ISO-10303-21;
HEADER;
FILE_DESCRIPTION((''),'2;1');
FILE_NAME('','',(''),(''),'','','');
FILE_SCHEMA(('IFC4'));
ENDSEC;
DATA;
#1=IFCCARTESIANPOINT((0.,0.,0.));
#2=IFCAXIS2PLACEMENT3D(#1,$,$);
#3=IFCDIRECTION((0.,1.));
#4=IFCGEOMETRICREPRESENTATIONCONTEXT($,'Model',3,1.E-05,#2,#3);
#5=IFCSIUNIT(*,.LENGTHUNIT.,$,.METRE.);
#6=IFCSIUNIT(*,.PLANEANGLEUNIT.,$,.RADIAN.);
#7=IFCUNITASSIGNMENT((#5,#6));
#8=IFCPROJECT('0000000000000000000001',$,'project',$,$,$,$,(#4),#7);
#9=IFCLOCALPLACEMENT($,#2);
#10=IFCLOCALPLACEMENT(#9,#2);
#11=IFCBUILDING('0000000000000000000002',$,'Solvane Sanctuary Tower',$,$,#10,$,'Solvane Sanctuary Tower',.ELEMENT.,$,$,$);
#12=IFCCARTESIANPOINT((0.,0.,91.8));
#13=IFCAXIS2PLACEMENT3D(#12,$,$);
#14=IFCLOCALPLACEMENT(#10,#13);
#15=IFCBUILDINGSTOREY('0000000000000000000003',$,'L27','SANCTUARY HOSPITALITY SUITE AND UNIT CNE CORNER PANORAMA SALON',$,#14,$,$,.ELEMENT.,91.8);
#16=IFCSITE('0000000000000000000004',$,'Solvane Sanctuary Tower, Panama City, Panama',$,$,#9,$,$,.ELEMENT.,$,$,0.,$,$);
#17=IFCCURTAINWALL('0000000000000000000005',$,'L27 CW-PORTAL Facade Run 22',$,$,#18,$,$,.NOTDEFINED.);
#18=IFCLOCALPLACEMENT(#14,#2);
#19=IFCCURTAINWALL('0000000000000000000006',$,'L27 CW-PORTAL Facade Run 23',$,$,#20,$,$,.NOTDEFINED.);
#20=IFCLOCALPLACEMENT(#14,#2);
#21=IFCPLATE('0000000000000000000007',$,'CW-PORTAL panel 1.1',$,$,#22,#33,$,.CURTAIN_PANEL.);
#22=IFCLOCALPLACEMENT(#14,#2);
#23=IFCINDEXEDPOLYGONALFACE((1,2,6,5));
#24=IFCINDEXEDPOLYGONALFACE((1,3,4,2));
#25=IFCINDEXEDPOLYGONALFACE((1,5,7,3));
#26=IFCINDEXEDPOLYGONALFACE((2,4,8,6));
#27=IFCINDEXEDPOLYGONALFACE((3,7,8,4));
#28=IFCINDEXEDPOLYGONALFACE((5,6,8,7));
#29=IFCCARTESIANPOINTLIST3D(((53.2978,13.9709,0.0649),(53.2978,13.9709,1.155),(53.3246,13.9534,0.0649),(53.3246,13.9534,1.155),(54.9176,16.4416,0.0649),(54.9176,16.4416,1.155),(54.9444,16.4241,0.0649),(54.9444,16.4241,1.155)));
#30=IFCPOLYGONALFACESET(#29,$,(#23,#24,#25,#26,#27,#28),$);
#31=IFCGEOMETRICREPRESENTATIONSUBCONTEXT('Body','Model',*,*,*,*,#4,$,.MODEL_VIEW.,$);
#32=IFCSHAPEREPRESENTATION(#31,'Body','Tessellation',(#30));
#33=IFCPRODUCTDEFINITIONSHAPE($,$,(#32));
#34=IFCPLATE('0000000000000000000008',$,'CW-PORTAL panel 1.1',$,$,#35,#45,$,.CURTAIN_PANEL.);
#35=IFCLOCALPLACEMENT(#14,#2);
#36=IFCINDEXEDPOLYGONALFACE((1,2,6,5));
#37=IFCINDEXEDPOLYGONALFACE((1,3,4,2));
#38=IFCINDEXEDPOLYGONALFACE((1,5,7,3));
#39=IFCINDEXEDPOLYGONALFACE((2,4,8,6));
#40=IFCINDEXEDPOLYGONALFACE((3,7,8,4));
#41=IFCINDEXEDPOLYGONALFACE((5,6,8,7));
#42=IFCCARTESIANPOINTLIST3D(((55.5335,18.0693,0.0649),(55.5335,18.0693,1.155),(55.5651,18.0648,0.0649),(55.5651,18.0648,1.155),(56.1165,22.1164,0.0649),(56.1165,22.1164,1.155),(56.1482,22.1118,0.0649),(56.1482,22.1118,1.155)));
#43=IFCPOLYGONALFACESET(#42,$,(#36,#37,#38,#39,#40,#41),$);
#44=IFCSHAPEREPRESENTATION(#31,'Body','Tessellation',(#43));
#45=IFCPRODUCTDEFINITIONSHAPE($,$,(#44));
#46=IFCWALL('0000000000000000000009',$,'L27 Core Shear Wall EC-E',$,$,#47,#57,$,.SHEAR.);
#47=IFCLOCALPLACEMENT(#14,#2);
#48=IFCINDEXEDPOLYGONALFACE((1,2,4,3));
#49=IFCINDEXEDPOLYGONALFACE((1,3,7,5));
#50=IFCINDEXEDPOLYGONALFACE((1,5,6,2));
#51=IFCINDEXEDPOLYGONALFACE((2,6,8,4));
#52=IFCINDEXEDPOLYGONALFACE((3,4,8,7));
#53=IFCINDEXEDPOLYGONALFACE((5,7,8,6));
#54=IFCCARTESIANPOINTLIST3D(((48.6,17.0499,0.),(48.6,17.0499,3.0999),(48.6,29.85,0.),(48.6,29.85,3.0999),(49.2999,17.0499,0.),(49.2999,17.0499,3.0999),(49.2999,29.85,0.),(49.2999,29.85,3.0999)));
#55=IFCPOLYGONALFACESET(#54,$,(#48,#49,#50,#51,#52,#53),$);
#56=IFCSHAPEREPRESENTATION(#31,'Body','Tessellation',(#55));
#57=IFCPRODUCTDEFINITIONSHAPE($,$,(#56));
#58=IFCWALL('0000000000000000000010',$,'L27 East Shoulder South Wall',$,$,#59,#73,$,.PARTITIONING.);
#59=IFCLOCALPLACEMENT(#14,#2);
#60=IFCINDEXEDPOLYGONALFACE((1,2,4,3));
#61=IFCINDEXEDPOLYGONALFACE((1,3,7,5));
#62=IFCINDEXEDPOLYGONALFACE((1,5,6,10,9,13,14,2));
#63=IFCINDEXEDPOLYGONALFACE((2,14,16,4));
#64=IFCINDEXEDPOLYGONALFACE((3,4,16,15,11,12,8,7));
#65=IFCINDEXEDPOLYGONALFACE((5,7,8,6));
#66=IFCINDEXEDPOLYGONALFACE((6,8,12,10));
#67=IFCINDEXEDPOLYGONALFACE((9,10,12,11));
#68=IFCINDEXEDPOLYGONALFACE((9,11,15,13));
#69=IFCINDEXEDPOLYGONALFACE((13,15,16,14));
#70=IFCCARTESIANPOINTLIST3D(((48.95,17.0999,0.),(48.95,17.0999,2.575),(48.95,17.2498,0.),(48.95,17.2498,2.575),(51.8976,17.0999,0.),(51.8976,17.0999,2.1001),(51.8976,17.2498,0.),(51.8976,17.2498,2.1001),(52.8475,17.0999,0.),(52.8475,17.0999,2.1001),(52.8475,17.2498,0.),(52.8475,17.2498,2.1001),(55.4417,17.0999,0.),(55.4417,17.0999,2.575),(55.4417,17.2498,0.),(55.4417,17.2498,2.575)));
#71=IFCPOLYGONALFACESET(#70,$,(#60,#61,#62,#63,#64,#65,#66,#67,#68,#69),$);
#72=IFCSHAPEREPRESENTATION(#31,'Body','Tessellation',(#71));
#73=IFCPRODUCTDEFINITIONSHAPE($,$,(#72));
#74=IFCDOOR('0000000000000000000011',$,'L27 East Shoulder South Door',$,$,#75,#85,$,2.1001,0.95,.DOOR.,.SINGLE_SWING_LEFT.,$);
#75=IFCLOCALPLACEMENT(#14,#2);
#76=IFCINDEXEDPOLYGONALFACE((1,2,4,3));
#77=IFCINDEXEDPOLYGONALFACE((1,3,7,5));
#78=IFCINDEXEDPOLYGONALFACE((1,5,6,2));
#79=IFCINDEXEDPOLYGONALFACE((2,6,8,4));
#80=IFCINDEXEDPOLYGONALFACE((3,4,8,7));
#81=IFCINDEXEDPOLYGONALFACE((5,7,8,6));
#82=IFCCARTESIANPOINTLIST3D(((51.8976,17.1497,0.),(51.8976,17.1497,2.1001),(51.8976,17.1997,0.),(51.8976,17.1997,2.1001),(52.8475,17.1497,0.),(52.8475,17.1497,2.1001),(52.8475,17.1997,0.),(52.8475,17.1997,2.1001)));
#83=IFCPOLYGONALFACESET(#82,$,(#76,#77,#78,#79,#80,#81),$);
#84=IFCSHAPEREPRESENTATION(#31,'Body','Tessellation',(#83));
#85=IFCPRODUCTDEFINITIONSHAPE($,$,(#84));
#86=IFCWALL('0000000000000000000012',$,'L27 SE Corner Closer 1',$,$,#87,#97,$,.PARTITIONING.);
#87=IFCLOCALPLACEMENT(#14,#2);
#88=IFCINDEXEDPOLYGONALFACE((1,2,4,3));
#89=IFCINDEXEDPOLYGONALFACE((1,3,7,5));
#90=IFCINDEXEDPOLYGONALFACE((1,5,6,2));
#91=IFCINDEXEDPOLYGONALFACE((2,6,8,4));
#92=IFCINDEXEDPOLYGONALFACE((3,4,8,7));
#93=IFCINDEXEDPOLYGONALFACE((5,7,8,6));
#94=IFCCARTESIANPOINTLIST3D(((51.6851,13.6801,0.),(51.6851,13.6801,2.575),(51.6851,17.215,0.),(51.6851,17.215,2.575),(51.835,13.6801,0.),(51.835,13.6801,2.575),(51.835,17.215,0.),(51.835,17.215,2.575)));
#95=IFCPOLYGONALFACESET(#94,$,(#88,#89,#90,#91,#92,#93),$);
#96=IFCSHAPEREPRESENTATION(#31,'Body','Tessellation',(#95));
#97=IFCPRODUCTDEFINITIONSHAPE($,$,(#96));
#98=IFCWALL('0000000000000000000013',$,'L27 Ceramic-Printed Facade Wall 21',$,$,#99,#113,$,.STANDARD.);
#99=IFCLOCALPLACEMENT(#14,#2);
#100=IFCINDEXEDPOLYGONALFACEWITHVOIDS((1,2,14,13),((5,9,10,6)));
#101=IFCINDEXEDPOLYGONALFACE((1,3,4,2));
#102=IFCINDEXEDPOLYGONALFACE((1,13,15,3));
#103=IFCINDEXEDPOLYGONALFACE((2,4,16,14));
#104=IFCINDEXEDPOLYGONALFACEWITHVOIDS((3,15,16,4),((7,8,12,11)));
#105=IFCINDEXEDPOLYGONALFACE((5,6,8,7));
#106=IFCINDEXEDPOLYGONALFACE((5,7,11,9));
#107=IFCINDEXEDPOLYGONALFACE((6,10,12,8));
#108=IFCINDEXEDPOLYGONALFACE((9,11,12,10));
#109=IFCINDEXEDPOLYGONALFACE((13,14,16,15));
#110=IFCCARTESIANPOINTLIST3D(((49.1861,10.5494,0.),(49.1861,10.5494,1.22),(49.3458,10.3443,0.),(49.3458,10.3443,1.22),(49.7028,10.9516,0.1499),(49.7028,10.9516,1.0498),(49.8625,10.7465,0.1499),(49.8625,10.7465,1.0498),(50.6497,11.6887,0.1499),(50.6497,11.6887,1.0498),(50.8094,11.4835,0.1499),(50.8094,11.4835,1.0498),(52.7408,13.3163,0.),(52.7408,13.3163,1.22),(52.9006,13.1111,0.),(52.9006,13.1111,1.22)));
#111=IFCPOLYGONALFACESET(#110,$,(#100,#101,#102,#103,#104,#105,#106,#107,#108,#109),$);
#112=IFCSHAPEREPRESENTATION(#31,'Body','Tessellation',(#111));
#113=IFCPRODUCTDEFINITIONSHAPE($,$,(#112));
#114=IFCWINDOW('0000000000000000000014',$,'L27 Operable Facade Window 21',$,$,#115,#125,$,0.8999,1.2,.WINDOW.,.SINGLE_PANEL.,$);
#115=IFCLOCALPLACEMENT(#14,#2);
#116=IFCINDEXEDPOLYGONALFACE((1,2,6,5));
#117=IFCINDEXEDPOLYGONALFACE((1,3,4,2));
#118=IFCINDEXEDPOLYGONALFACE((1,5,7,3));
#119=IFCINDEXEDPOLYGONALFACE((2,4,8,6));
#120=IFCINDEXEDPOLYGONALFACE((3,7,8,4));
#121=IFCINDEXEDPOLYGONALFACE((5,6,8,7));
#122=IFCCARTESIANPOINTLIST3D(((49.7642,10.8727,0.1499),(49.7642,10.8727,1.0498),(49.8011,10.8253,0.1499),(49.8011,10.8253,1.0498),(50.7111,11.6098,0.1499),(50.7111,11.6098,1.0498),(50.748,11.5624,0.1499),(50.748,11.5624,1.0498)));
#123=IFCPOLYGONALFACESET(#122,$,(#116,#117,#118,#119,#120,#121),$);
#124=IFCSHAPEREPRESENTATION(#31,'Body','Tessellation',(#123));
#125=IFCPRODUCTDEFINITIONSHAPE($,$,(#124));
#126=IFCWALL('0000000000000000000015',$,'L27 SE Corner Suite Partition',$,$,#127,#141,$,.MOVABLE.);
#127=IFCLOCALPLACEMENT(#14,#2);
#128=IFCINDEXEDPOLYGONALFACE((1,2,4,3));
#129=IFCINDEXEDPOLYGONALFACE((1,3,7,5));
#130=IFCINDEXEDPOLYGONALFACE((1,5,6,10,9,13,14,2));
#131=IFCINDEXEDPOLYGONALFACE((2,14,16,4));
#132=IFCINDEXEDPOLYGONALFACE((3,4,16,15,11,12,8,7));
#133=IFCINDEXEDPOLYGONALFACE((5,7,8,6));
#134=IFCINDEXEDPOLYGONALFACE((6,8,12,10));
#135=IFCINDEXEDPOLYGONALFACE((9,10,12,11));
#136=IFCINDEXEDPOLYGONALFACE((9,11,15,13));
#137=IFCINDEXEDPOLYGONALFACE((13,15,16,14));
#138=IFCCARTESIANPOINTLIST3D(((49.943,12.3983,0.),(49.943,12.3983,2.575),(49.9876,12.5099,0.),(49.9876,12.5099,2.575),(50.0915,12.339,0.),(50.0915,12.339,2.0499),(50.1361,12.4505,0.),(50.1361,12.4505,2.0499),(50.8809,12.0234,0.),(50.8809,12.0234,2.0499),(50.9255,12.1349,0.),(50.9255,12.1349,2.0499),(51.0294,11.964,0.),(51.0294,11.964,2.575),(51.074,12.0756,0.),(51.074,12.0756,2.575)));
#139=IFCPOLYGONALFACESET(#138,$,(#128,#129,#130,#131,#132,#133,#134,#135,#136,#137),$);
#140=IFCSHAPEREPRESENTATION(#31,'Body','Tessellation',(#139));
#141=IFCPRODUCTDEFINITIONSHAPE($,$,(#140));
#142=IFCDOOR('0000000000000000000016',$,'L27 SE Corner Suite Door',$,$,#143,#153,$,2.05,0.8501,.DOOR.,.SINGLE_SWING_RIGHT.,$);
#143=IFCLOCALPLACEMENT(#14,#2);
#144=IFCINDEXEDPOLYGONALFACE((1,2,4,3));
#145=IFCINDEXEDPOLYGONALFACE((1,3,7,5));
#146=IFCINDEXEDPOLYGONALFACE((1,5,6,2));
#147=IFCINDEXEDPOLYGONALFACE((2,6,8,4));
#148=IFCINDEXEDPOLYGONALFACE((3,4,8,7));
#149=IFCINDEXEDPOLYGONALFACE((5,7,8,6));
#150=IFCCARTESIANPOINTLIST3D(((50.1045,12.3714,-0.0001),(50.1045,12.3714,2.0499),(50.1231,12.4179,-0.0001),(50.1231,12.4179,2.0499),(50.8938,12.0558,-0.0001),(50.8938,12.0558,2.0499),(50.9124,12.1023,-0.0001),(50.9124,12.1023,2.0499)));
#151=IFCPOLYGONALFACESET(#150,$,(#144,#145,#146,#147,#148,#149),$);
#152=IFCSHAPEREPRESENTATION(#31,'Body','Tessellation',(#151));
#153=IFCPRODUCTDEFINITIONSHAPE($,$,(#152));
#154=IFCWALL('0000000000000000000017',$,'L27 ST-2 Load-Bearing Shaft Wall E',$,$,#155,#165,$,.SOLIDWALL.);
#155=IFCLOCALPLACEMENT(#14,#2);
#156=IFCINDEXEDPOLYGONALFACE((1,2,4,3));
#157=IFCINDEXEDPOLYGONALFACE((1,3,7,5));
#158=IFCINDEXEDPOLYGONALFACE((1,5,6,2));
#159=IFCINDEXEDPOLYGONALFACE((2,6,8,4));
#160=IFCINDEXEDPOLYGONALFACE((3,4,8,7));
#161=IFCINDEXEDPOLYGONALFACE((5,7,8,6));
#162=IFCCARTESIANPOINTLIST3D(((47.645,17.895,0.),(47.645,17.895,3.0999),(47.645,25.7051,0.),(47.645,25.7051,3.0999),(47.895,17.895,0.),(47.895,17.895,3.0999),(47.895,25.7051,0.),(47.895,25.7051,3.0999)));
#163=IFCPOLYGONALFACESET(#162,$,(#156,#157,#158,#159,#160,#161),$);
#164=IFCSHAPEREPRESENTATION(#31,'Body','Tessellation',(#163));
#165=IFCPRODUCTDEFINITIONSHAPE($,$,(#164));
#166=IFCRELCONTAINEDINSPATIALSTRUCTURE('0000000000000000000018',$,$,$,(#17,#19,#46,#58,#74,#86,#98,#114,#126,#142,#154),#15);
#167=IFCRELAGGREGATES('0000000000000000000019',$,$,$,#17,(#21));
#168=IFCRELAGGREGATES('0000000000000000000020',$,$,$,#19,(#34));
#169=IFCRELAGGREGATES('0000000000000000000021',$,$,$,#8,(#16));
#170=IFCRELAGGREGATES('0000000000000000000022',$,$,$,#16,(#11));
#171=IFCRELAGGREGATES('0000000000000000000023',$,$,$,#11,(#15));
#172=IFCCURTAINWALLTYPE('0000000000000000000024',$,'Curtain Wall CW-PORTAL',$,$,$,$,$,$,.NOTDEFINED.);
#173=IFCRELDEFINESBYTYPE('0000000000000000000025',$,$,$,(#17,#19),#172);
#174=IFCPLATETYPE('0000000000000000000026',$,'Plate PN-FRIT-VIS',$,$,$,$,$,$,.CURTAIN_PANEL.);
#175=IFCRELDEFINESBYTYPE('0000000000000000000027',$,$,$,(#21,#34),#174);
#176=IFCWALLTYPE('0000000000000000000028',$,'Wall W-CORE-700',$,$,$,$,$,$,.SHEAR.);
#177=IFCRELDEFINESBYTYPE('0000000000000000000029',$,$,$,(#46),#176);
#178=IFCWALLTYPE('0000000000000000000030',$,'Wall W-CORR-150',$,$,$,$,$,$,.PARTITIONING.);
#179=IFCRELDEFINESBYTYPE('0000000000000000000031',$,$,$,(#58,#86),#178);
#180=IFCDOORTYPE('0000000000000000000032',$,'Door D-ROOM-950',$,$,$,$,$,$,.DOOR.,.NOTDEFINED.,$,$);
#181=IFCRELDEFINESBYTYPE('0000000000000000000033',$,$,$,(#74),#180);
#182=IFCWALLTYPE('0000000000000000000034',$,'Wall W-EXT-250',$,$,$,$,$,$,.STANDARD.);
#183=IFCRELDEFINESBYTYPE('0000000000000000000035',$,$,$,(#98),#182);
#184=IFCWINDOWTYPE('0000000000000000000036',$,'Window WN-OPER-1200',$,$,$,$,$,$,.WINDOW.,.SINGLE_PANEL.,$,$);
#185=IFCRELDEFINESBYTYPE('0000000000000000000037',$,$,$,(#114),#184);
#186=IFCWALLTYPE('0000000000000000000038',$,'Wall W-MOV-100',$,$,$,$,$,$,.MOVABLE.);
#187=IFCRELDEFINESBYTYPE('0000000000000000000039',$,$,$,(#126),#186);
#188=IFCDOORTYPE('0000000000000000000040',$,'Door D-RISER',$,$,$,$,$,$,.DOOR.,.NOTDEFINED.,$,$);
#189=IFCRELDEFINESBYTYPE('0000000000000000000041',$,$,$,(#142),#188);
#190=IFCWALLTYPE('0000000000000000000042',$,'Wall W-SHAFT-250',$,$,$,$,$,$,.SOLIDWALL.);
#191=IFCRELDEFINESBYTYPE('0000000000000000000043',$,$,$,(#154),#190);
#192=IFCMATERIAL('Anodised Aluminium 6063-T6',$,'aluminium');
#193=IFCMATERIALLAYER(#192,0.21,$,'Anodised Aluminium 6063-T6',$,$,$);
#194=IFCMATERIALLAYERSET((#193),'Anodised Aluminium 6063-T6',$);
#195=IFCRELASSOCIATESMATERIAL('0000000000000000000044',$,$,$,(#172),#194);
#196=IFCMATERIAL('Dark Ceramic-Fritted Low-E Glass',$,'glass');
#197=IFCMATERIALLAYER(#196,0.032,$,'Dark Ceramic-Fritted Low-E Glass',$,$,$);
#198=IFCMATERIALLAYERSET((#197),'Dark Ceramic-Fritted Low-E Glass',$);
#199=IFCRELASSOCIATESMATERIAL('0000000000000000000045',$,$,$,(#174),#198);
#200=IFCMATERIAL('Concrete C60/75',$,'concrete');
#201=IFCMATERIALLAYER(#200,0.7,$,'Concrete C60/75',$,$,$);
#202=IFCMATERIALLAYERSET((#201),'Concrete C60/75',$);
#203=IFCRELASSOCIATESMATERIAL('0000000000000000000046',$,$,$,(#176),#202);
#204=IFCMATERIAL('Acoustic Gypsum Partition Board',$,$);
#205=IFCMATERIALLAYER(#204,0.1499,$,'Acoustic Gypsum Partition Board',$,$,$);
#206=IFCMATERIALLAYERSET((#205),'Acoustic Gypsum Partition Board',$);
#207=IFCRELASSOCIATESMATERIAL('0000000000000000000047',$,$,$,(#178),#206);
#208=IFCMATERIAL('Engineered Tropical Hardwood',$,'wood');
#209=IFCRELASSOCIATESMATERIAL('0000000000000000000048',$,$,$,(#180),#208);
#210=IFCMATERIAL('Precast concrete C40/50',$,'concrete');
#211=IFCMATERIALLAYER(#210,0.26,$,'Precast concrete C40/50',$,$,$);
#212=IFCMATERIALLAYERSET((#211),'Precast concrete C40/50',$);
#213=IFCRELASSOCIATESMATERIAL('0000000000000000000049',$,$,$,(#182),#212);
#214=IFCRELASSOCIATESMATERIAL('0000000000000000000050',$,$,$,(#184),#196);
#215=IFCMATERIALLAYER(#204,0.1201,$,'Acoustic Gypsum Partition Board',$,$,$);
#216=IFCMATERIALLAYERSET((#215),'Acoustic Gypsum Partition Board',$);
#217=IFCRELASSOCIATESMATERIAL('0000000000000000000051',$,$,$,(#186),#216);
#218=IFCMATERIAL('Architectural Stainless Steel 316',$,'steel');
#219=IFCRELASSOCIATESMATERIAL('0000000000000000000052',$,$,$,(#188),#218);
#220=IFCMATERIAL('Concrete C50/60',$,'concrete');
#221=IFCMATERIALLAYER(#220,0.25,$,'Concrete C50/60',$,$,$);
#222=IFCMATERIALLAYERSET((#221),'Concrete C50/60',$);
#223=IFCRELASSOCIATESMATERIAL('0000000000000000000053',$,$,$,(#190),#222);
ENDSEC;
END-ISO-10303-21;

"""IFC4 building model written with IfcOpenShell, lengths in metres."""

from ifc_helpers import new_model, si_unit, direction, frame, frame_2d, origin, origin_2d, place, context, subcontext, project, spatial, rectangle, extrude, material, layer, layer_set, type_object, element, fill, aggregate, save


model = new_model("IFC4")

# Units and contexts
model_context = context("Model", 3, precision=1e-05, world=origin(), true_north=direction((0.0, 1.0)))
body_context = subcontext(model_context, "Body", "Model", "MODEL_VIEW")
ifc_project = project(units=[si_unit("LENGTHUNIT", "METRE"), si_unit("PLANEANGLEUNIT", "RADIAN")], contexts=[model_context])

# Site, building, storey
site_placement = place(None, origin())
site = spatial("IfcSite", under=ifc_project, at=site_placement, Name="Solvane Sanctuary Tower, Panama City, Panama", CompositionType="ELEMENT", RefElevation=0.0)
building_placement = place(site_placement, origin())
building = spatial("IfcBuilding", under=site, at=building_placement, Name="Solvane Sanctuary Tower", LongName="Solvane Sanctuary Tower", CompositionType="ELEMENT")
storey_placement = place(building_placement, frame((0.0, 0.0, 91.8)))
storey = spatial("IfcBuildingStorey", under=building, at=storey_placement, Name="L27", Description="SANCTUARY HOSPITALITY SUITE AND UNIT CNE CORNER PANORAMA SALON", CompositionType="ELEMENT", Elevation=91.8)

# Shared definitions
ifc_material_1 = material(Name="Concrete C60/75", Category="concrete")

# Curtain wall
ifc_material_2 = material(Name="Anodised Aluminium 6063-T6", Category="aluminium")
ifc_layer_1 = layer(ifc_material_2, 0.21, Name="Anodised Aluminium 6063-T6")
ifc_layer_set_1 = layer_set([ifc_layer_1], Name="Anodised Aluminium 6063-T6")
curtain_wall_type = type_object("IfcCurtainWallType", Name="Curtain Wall CW-PORTAL", PredefinedType="NOTDEFINED", material=ifc_layer_set_1)
curtain_wall_1_placement = place(storey_placement, origin())
curtain_wall_1 = element("IfcCurtainWall", 1, at=curtain_wall_1_placement, inside=storey, type_object=curtain_wall_type, Name="L27 CW-PORTAL Facade Run 22", PredefinedType="NOTDEFINED")

# Curtain wall
curtain_wall_2_placement = place(storey_placement, origin())
curtain_wall_2 = element("IfcCurtainWall", 2, at=curtain_wall_2_placement, inside=storey, type_object=curtain_wall_type, Name="L27 CW-PORTAL Facade Run 23", PredefinedType="NOTDEFINED")

# Plates
ifc_material_3 = material(Name="Dark Ceramic-Fritted Low-E Glass", Category="glass")
ifc_layer_2 = layer(ifc_material_3, 0.032, Name="Dark Ceramic-Fritted Low-E Glass")
ifc_layer_set_2 = layer_set([ifc_layer_2], Name="Dark Ceramic-Fritted Low-E Glass")
plate_type = type_object("IfcPlateType", Name="Plate PN-FRIT-VIS", PredefinedType="CURTAIN_PANEL", material=ifc_layer_set_2)
plate_1_placement = place(storey_placement, frame((54.1211, 15.1975, 0.0649), z_axis=(0.0, 0.0, 1.0), x_axis=(0.548276, 0.836298, 0.0)))
plate_1 = element("IfcPlate", 3, at=plate_1_placement, type_object=plate_type, Name="CW-PORTAL panel 1.1", PredefinedType="CURTAIN_PANEL", context=body_context, shape_type="SweptSolid", body=[
    extrude(rectangle(XDim=2.9543, YDim=0.032, at=origin_2d()), origin(), (0.0, 0.0, 1.0), 1.0901),
])
aggregate(curtain_wall_1, [plate_1])
plate_2_placement = place(storey_placement, frame((55.8408, 20.0906, 0.0649), z_axis=(0.0, 0.0, 1.0), x_axis=(0.142587, 0.989782, 0.0)))
plate_2 = element("IfcPlate", 4, at=plate_2_placement, type_object=plate_type, Name="CW-PORTAL panel 1.1", PredefinedType="CURTAIN_PANEL", context=body_context, shape_type="SweptSolid", body=[
    extrude(rectangle(XDim=4.0889, YDim=0.032, at=origin_2d()), origin(), (0.0, 0.0, 1.0), 1.0901),
])
aggregate(curtain_wall_2, [plate_2])

# Wall
ifc_layer_3 = layer(ifc_material_1, 0.7, Name="Concrete C60/75")
ifc_layer_set_3 = layer_set([ifc_layer_3], Name="Concrete C60/75")
wall_type_1 = type_object("IfcWallType", Name="Wall W-CORE-700", PredefinedType="SHEAR", material=ifc_layer_set_3)
wall_1_placement = place(storey_placement, frame((48.95, 17.05, 0.0), z_axis=(0.0, 0.0, 1.0), x_axis=(0.0, 1.0, 0.0)))
element("IfcWall", 5, at=wall_1_placement, inside=storey, type_object=wall_type_1, Name="L27 Core Shear Wall EC-E", PredefinedType="SHEAR", context=body_context, shape_type="SweptSolid", body=[
    extrude(rectangle(XDim=12.8, YDim=0.7, at=frame_2d((6.3999, 0.0))), origin(), (0.0, 0.0, 1.0), 3.0999),
])

# Wall, opening, door
ifc_material_4 = material(Name="Acoustic Gypsum Partition Board")
ifc_layer_4 = layer(ifc_material_4, 0.1499, Name="Acoustic Gypsum Partition Board")
ifc_layer_set_4 = layer_set([ifc_layer_4], Name="Acoustic Gypsum Partition Board")
wall_type_2 = type_object("IfcWallType", Name="Wall W-CORR-150", PredefinedType="PARTITIONING", material=ifc_layer_set_4)
wall_2_placement = place(storey_placement, frame((48.95, 17.1748, 0.0), z_axis=(0.0, 0.0, 1.0), x_axis=(1.0, 0.0, 0.0)))
wall_2 = element("IfcWall", 6, at=wall_2_placement, inside=storey, type_object=wall_type_2, Name="L27 East Shoulder South Wall", PredefinedType="PARTITIONING", context=body_context, shape_type="SweptSolid", body=[
    extrude(rectangle(XDim=6.4917, YDim=0.1499, at=frame_2d((3.2458, 0.0))), origin(), (0.0, 0.0, 1.0), 2.575),
])
opening_1_placement = place(wall_2_placement, frame((2.9475, 0.0, 0.0)))
opening_1 = element("IfcOpeningElement", 7, at=opening_1_placement, cuts=wall_2, PredefinedType="OPENING", context=body_context, shape_type="SweptSolid", body=[
    extrude(rectangle(XDim=0.95, YDim=2.1001, at=frame_2d((0.4751, 1.05))), frame((0.0, 0.085, 0.0), z_axis=(0.0, -1.0, 0.0), x_axis=(1.0, 0.0, 0.0)), (0.0, 0.0, 1.0), 0.1699),
])
ifc_material_5 = material(Name="Engineered Tropical Hardwood", Category="wood")
door_type_1 = type_object("IfcDoorType", Name="Door D-ROOM-950", OperationType="NOTDEFINED", PredefinedType="DOOR", material=ifc_material_5)
door_1_placement = place(opening_1_placement, origin())
door_1 = element("IfcDoor", 8, at=door_1_placement, inside=storey, type_object=door_type_1, Name="L27 East Shoulder South Door", OperationType="SINGLE_SWING_LEFT", OverallHeight=2.1001, OverallWidth=0.95, PredefinedType="DOOR", context=body_context, shape_type="SweptSolid", body=[
    extrude(rectangle(XDim=0.95, YDim=2.1001, at=frame_2d((0.4751, 1.05))), frame((0.0, 0.0249, 0.0), z_axis=(0.0, -1.0, 0.0), x_axis=(1.0, 0.0, 0.0)), (0.0, 0.0, 1.0), 0.05),
])
fill(opening_1, door_1)

# Wall
wall_3_placement = place(storey_placement, frame((51.76, 13.6799, 0.0), z_axis=(0.0, 0.0, 1.0), x_axis=(0.0, 1.0, 0.0)))
element("IfcWall", 9, at=wall_3_placement, inside=storey, type_object=wall_type_2, Name="L27 SE Corner Closer 1", PredefinedType="PARTITIONING", context=body_context, shape_type="SweptSolid", body=[
    extrude(rectangle(XDim=3.5349, YDim=0.1499, at=frame_2d((1.7676, 0.0))), origin(), (0.0, 0.0, 1.0), 2.575),
])

# Wall, opening, window
ifc_material_6 = material(Name="Precast concrete C40/50", Category="concrete")
ifc_layer_5 = layer(ifc_material_6, 0.26, Name="Precast concrete C40/50")
ifc_layer_set_5 = layer_set([ifc_layer_5], Name="Precast concrete C40/50")
wall_type_3 = type_object("IfcWallType", Name="Wall W-EXT-250", PredefinedType="STANDARD", material=ifc_layer_set_5)
wall_4_placement = place(storey_placement, frame((49.2659, 10.4468, 0.0), z_axis=(0.0, 0.0, 1.0), x_axis=(0.789127, 0.614229, 0.0)))
wall_4 = element("IfcWall", 10, at=wall_4_placement, inside=storey, type_object=wall_type_3, Name="L27 Ceramic-Printed Facade Wall 21", PredefinedType="STANDARD", context=body_context, shape_type="SweptSolid", body=[
    extrude(rectangle(XDim=4.5046, YDim=0.26, at=frame_2d((2.2524, 0.0))), origin(), (0.0, 0.0, 1.0), 1.22),
])
opening_2_placement = place(wall_4_placement, frame((0.6548, 0.0, 0.1499)))
opening_2 = element("IfcOpeningElement", 11, at=opening_2_placement, cuts=wall_4, PredefinedType="OPENING", context=body_context, shape_type="SweptSolid", body=[
    extrude(rectangle(XDim=1.2, YDim=0.8999, at=frame_2d((0.6001, 0.45))), frame((0.0, 0.1399, 0.0), z_axis=(0.0, -1.0, 0.0), x_axis=(1.0, 0.0, 0.0)), (0.0, 0.0, 1.0), 0.28),
])
window_type = type_object("IfcWindowType", Name="Window WN-OPER-1200", PartitioningType="SINGLE_PANEL", PredefinedType="WINDOW", material=ifc_material_3)
window_placement = place(opening_2_placement, origin())
window = element("IfcWindow", 12, at=window_placement, inside=storey, type_object=window_type, Name="L27 Operable Facade Window 21", OverallHeight=0.8999, OverallWidth=1.2, PartitioningType="SINGLE_PANEL", PredefinedType="WINDOW", context=body_context, shape_type="SweptSolid", body=[
    extrude(rectangle(XDim=1.2, YDim=0.8999, at=frame_2d((0.6001, 0.45))), frame((0.0, 0.03, 0.0), z_axis=(0.0, -1.0, 0.0), x_axis=(1.0, 0.0, 0.0)), (0.0, 0.0, 1.0), 0.0601),
])
fill(opening_2, window)

# Wall, opening, door
ifc_layer_6 = layer(ifc_material_4, 0.1201, Name="Acoustic Gypsum Partition Board")
ifc_layer_set_6 = layer_set([ifc_layer_6], Name="Acoustic Gypsum Partition Board")
wall_type_4 = type_object("IfcWallType", Name="Wall W-MOV-100", PredefinedType="MOVABLE", material=ifc_layer_set_6)
wall_5_placement = place(storey_placement, frame((49.9653, 12.4541, 0.0), z_axis=(0.0, 0.0, 1.0), x_axis=(0.928549, -0.371211, 0.0)))
wall_5 = element("IfcWall", 13, at=wall_5_placement, inside=storey, type_object=wall_type_4, Name="L27 SE Corner Suite Partition", PredefinedType="MOVABLE", context=body_context, shape_type="SweptSolid", body=[
    extrude(rectangle(XDim=1.1699, YDim=0.1201, at=frame_2d((0.585, 0.0))), origin(), (0.0, 0.0, 1.0), 2.575),
])
opening_3_placement = place(wall_5_placement, frame((0.1599, 0.0, 0.0)))
opening_3 = element("IfcOpeningElement", 14, at=opening_3_placement, cuts=wall_5, PredefinedType="OPENING", context=body_context, shape_type="SweptSolid", body=[
    extrude(rectangle(XDim=0.8501, YDim=2.05, at=frame_2d((0.425, 1.0249))), frame((0.0, 0.0701, 0.0), z_axis=(0.0, -1.0, 0.0), x_axis=(1.0, 0.0, 0.0)), (0.0, 0.0, 1.0), 0.1401),
])
ifc_material_7 = material(Name="Architectural Stainless Steel 316", Category="steel")
door_type_2 = type_object("IfcDoorType", Name="Door D-RISER", OperationType="NOTDEFINED", PredefinedType="DOOR", material=ifc_material_7)
door_2_placement = place(opening_3_placement, origin())
door_2 = element("IfcDoor", 15, at=door_2_placement, inside=storey, type_object=door_type_2, Name="L27 SE Corner Suite Door", OperationType="SINGLE_SWING_RIGHT", OverallHeight=2.05, OverallWidth=0.8501, PredefinedType="DOOR", context=body_context, shape_type="SweptSolid", body=[
    extrude(rectangle(XDim=0.8501, YDim=2.05, at=frame_2d((0.425, 1.0249))), frame((0.0, 0.0249, 0.0), z_axis=(0.0, -1.0, 0.0), x_axis=(1.0, 0.0, 0.0)), (0.0, 0.0, 1.0), 0.05),
])
fill(opening_3, door_2)

# Wall
ifc_material_8 = material(Name="Concrete C50/60", Category="concrete")
ifc_layer_7 = layer(ifc_material_8, 0.25, Name="Concrete C50/60")
ifc_layer_set_7 = layer_set([ifc_layer_7], Name="Concrete C50/60")
wall_type_5 = type_object("IfcWallType", Name="Wall W-SHAFT-250", PredefinedType="SOLIDWALL", material=ifc_layer_set_7)
wall_6_placement = place(storey_placement, frame((47.77, 17.895, 0.0), z_axis=(0.0, 0.0, 1.0), x_axis=(0.0, 1.0, 0.0)))
element("IfcWall", 16, at=wall_6_placement, inside=storey, type_object=wall_type_5, Name="L27 ST-2 Load-Bearing Shaft Wall E", PredefinedType="SOLIDWALL", context=body_context, shape_type="SweptSolid", body=[
    extrude(rectangle(XDim=7.8101, YDim=0.25, at=frame_2d((3.905, 0.0))), origin(), (0.0, 0.0, 1.0), 3.0999),
])

save(model, "model.ifc")
